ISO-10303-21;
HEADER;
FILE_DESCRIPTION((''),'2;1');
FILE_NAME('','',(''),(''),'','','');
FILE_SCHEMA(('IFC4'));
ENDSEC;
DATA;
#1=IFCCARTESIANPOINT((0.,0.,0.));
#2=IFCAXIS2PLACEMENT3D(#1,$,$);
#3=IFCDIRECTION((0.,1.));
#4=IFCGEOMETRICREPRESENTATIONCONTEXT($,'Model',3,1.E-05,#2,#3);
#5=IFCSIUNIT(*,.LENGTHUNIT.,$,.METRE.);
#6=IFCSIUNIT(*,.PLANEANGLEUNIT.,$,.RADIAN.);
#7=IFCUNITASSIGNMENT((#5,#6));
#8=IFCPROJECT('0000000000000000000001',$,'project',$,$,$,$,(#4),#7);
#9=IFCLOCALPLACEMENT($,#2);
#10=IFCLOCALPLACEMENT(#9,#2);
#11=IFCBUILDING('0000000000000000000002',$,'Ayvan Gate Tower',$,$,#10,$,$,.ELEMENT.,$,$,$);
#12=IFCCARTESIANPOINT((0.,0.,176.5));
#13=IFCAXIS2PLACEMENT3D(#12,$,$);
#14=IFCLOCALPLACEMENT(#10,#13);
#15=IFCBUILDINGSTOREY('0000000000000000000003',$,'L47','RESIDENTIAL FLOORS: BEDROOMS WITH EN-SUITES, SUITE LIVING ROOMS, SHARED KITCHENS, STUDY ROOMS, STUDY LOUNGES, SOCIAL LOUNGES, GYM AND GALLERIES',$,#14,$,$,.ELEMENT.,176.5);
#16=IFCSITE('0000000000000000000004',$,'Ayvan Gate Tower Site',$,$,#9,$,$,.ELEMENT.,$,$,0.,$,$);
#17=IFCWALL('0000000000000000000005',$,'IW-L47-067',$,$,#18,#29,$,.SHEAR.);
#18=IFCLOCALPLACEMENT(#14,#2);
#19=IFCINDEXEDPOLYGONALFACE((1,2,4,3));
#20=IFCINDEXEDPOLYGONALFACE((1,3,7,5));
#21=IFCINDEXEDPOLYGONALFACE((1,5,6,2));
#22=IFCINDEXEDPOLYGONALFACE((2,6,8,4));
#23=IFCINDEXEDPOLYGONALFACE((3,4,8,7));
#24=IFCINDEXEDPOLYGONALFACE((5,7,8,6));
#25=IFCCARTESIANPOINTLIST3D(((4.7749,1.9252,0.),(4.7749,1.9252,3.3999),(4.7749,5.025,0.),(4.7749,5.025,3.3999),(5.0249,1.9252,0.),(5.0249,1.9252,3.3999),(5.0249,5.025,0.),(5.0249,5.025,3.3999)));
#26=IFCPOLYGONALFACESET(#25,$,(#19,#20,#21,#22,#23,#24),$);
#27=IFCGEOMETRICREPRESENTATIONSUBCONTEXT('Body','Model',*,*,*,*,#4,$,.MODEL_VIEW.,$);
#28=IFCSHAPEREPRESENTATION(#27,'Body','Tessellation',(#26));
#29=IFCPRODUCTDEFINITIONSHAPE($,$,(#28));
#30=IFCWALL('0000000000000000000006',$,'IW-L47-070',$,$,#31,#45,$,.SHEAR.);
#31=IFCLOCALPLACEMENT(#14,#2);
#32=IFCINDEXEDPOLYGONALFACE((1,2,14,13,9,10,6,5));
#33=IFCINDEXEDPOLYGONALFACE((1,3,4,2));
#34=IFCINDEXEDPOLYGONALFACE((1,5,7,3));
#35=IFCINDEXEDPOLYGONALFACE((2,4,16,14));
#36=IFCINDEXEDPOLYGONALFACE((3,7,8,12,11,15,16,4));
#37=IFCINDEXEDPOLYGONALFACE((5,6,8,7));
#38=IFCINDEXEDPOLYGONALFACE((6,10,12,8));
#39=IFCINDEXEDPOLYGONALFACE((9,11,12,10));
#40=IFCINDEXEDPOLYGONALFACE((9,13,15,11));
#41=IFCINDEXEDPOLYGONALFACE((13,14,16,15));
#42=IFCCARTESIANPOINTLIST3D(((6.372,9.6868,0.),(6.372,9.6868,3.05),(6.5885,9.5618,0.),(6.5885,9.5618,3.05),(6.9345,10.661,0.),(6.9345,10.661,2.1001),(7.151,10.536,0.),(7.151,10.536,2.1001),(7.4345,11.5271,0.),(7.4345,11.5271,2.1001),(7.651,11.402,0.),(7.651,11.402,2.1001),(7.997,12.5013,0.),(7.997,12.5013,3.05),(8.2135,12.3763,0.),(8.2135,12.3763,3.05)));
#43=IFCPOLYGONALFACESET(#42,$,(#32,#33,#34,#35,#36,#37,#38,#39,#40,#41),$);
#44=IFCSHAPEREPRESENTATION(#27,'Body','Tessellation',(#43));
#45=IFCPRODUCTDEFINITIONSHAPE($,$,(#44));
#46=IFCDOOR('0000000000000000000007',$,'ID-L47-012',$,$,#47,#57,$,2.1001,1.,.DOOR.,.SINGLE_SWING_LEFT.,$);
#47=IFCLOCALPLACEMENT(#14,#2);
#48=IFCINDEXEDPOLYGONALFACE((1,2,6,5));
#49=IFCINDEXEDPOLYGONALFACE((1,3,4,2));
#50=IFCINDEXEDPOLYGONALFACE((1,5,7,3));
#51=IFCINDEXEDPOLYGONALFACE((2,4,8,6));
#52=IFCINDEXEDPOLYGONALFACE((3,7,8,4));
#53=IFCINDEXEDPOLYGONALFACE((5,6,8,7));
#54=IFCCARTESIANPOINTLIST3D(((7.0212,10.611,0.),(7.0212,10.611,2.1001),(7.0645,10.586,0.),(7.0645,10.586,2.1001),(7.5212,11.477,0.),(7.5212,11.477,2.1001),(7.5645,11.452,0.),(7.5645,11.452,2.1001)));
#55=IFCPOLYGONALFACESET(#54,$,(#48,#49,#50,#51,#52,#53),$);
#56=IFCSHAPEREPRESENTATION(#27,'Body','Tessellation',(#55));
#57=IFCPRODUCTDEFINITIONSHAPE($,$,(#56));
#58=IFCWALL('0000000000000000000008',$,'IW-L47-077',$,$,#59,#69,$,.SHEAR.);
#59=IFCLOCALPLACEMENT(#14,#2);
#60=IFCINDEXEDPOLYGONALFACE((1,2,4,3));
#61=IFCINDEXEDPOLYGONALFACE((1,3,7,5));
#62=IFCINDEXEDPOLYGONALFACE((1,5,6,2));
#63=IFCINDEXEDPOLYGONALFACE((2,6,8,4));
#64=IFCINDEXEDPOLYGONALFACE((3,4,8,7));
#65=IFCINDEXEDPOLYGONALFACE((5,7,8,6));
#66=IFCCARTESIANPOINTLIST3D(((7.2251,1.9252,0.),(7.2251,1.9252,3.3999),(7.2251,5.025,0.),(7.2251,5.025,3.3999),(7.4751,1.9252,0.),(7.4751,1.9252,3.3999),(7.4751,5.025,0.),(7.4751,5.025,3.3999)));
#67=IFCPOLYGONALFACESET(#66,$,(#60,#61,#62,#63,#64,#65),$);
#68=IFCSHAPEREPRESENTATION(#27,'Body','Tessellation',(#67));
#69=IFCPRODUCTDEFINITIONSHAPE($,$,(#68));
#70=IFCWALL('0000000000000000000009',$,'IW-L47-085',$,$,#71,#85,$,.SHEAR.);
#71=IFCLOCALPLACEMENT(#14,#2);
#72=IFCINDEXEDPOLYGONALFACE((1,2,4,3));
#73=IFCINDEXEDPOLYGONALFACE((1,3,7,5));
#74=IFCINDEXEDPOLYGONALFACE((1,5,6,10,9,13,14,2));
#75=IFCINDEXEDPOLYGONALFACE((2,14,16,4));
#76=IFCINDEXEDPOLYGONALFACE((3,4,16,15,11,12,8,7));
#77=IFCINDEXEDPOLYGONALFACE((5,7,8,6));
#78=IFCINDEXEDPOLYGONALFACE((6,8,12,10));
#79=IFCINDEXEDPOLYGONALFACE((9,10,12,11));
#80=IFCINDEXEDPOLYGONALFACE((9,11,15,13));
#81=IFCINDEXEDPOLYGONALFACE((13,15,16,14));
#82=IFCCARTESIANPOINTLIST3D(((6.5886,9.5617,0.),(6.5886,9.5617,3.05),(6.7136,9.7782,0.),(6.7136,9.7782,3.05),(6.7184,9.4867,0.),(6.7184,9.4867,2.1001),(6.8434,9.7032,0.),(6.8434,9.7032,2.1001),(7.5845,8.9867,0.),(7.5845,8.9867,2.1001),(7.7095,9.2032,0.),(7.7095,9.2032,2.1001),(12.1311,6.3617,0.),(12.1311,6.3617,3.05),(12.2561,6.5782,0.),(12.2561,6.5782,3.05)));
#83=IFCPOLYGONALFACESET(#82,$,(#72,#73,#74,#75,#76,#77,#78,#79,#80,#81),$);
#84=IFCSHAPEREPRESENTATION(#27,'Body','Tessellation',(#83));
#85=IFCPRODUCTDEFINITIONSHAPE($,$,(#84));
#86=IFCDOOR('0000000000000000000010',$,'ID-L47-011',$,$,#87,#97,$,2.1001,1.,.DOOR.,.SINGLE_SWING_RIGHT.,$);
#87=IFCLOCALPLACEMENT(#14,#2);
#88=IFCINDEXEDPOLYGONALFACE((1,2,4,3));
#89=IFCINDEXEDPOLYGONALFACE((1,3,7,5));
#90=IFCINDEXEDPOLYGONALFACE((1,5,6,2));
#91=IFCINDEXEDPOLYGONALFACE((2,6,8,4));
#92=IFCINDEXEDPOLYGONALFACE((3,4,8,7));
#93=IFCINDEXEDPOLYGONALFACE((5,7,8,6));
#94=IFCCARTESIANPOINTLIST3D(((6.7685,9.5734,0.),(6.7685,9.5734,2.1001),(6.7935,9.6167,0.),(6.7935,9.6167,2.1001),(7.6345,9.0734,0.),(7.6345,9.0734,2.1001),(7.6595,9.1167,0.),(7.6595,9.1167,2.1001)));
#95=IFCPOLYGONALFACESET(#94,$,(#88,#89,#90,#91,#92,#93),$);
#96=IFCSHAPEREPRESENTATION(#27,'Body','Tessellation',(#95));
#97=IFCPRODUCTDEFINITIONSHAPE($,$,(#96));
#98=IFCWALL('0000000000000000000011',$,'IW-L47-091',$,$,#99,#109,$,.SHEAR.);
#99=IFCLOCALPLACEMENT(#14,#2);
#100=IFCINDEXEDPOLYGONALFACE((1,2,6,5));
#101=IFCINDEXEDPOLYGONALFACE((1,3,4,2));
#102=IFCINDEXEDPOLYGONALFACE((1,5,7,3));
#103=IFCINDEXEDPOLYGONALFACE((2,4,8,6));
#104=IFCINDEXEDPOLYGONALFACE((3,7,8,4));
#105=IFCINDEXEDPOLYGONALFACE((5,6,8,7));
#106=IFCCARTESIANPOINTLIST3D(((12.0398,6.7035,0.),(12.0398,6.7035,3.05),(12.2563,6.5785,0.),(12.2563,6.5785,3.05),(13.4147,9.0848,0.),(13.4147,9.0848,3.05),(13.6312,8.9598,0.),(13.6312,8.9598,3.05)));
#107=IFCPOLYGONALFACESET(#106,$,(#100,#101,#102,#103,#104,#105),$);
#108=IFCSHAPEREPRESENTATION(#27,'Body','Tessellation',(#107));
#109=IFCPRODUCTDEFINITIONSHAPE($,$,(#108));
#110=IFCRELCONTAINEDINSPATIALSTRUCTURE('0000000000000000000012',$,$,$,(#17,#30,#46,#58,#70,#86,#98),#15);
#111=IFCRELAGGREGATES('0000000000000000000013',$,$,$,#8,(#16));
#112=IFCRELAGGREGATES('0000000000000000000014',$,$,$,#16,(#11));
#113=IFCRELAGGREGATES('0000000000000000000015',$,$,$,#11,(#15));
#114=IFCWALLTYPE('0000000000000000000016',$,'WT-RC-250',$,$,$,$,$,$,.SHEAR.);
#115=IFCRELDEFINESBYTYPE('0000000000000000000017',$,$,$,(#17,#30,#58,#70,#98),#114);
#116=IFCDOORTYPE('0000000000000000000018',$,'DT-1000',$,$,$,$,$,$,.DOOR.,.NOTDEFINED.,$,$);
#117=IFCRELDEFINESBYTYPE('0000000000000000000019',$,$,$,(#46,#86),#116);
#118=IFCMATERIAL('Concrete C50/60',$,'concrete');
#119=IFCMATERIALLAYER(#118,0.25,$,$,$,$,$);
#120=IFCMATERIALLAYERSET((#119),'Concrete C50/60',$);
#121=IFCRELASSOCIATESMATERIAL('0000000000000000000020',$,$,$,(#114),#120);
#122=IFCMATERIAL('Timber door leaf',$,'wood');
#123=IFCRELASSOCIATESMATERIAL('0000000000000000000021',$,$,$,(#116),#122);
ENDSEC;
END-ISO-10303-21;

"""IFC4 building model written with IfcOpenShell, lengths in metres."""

from ifc_helpers import new_model, si_unit, direction, frame, frame_2d, origin, place, context, subcontext, project, spatial, rectangle, extrude, material, layer, layer_set, type_object, element, fill, save


model = new_model("IFC4")

# Units and contexts
model_context = context("Model", 3, precision=1e-05, world=origin(), true_north=direction((0.0, 1.0)))
body_context = subcontext(model_context, "Body", "Model", "MODEL_VIEW")
ifc_project = project(units=[si_unit("LENGTHUNIT", "METRE"), si_unit("PLANEANGLEUNIT", "RADIAN")], contexts=[model_context])

# Site, building, storey
site_placement = place(None, origin())
site = spatial("IfcSite", under=ifc_project, at=site_placement, Name="Ayvan Gate Tower Site", CompositionType="ELEMENT", RefElevation=0.0)
building_placement = place(site_placement, origin())
building = spatial("IfcBuilding", under=site, at=building_placement, Name="Ayvan Gate Tower", CompositionType="ELEMENT")
storey_placement = place(building_placement, frame((0.0, 0.0, 176.5)))
storey = spatial("IfcBuildingStorey", under=building, at=storey_placement, Name="L47", Description="RESIDENTIAL FLOORS: BEDROOMS WITH EN-SUITES, SUITE LIVING ROOMS, SHARED KITCHENS, STUDY ROOMS, STUDY LOUNGES, SOCIAL LOUNGES, GYM AND GALLERIES", CompositionType="ELEMENT", Elevation=176.5)

# Shared definitions
ifc_material_1 = material(Name="Timber door leaf", Category="wood")

# Wall
ifc_material_2 = material(Name="Concrete C50/60", Category="concrete")
ifc_layer_1 = layer(ifc_material_2, 0.25)
ifc_layer_set_1 = layer_set([ifc_layer_1], Name="Concrete C50/60")
wall_type_1 = type_object("IfcWallType", Name="WT-RC-250", PredefinedType="SHEAR", material=ifc_layer_set_1)
for number, where, z_axis, x_axis, name in (
    (1, (4.8999, 5.0249, 0.0), (0.0, 0.0, 1.0), (0.0, -1.0, 0.0), "IW-L47-067"),
):
    element("IfcWall", number, at=place(storey_placement, frame(where, z_axis=z_axis, x_axis=x_axis)), inside=storey, type_object=wall_type_1, Name=name, PredefinedType="SHEAR", context=body_context, shape_type="SweptSolid", body=[
        extrude(rectangle(XDim=3.0999, YDim=0.25, at=frame_2d((1.5498, 0.0))), origin(), (0.0, 0.0, 1.0), 3.3999),
    ])

# Wall, opening, door
wall_1_placement = place(storey_placement, frame((6.4802, 9.6243, 0.0), z_axis=(0.0, 0.0, 1.0), x_axis=(0.500017, 0.866015, 0.0)))
wall_1 = element("IfcWall", 2, at=wall_1_placement, inside=storey, type_object=wall_type_1, Name="IW-L47-070", PredefinedType="SHEAR", context=body_context, shape_type="SweptSolid", body=[
    extrude(rectangle(XDim=3.25, YDim=0.25, at=frame_2d((1.625, 0.0))), origin(), (0.0, 0.0, 1.0), 3.05),
])
opening_1_placement = place(wall_1_placement, frame((1.125, 0.0, 0.0)))
opening_1 = element("IfcOpeningElement", 3, at=opening_1_placement, cuts=wall_1, PredefinedType="OPENING", context=body_context, shape_type="SweptSolid", body=[
    extrude(rectangle(XDim=1.0, YDim=2.1001, at=frame_2d((0.5, 1.05))), frame((0.0, 0.135, 0.0), z_axis=(0.0, -1.0, 0.0), x_axis=(1.0, 0.0, 0.0)), (0.0, 0.0, 1.0), 0.27),
])
door_type_1 = type_object("IfcDoorType", Name="DT-1000", OperationType="NOTDEFINED", PredefinedType="DOOR", material=ifc_material_1)
door_1_placement = place(opening_1_placement, origin())
door_1 = element("IfcDoor", 4, at=door_1_placement, inside=storey, type_object=door_type_1, Name="ID-L47-012", OperationType="SINGLE_SWING_LEFT", OverallHeight=2.1001, OverallWidth=1.0, PredefinedType="DOOR", context=body_context, shape_type="SweptSolid", body=[
    extrude(rectangle(XDim=1.0, YDim=2.1001, at=frame_2d((0.5, 1.05))), frame((0.0, 0.0249, 0.0), z_axis=(0.0, -1.0, 0.0), x_axis=(1.0, 0.0, 0.0)), (0.0, 0.0, 1.0), 0.05),
])
fill(opening_1, door_1)

# Wall
wall_2_placement = place(storey_placement, frame((7.3501, 5.0249, 0.0), z_axis=(0.0, 0.0, 1.0), x_axis=(0.0, -1.0, 0.0)))
element("IfcWall", 5, at=wall_2_placement, inside=storey, type_object=wall_type_1, Name="IW-L47-077", PredefinedType="SHEAR", context=body_context, shape_type="SweptSolid", body=[
    extrude(rectangle(XDim=3.0999, YDim=0.25, at=frame_2d((1.5498, 0.0))), origin(), (0.0, 0.0, 1.0), 3.3999),
])

# Wall, opening, door
wall_3_placement = place(storey_placement, frame((12.1936, 6.47, 0.0), z_axis=(0.0, 0.0, 1.0), x_axis=(-0.866025, 0.5, 0.0)))
wall_3 = element("IfcWall", 6, at=wall_3_placement, inside=storey, type_object=wall_type_1, Name="IW-L47-085", PredefinedType="SHEAR", context=body_context, shape_type="SweptSolid", body=[
    extrude(rectangle(XDim=6.3999, YDim=0.25, at=frame_2d((3.2, 0.0))), origin(), (0.0, 0.0, 1.0), 3.05),
])
opening_2_placement = place(wall_3_placement, frame((5.25, 0.0, 0.0)))
opening_2 = element("IfcOpeningElement", 7, at=opening_2_placement, cuts=wall_3, PredefinedType="OPENING", context=body_context, shape_type="SweptSolid", body=[
    extrude(rectangle(XDim=1.0, YDim=2.1001, at=frame_2d((0.5, 1.05))), frame((0.0, 0.135, 0.0), z_axis=(0.0, -1.0, 0.0), x_axis=(1.0, 0.0, 0.0)), (0.0, 0.0, 1.0), 0.27),
])
door_2_placement = place(opening_2_placement, origin())
door_2 = element("IfcDoor", 8, at=door_2_placement, inside=storey, type_object=door_type_1, Name="ID-L47-011", OperationType="SINGLE_SWING_RIGHT", OverallHeight=2.1001, OverallWidth=1.0, PredefinedType="DOOR", context=body_context, shape_type="SweptSolid", body=[
    extrude(rectangle(XDim=1.0, YDim=2.1001, at=frame_2d((0.5, 1.05))), frame((0.0, 0.0249, 0.0), z_axis=(0.0, -1.0, 0.0), x_axis=(1.0, 0.0, 0.0)), (0.0, 0.0, 1.0), 0.05),
])
fill(opening_2, door_2)

# Wall
wall_4_placement = place(storey_placement, frame((12.1479, 6.6409, 0.0), z_axis=(0.0, 0.0, 1.0), x_axis=(0.500035, 0.866005, 0.0)))
element("IfcWall", 9, at=wall_4_placement, inside=storey, type_object=wall_type_1, Name="IW-L47-091", PredefinedType="SHEAR", context=body_context, shape_type="SweptSolid", body=[
    extrude(rectangle(XDim=2.7498, YDim=0.25, at=frame_2d((1.375, 0.0))), origin(), (0.0, 0.0, 1.0), 3.05),
])

save(model, "model.ifc")
